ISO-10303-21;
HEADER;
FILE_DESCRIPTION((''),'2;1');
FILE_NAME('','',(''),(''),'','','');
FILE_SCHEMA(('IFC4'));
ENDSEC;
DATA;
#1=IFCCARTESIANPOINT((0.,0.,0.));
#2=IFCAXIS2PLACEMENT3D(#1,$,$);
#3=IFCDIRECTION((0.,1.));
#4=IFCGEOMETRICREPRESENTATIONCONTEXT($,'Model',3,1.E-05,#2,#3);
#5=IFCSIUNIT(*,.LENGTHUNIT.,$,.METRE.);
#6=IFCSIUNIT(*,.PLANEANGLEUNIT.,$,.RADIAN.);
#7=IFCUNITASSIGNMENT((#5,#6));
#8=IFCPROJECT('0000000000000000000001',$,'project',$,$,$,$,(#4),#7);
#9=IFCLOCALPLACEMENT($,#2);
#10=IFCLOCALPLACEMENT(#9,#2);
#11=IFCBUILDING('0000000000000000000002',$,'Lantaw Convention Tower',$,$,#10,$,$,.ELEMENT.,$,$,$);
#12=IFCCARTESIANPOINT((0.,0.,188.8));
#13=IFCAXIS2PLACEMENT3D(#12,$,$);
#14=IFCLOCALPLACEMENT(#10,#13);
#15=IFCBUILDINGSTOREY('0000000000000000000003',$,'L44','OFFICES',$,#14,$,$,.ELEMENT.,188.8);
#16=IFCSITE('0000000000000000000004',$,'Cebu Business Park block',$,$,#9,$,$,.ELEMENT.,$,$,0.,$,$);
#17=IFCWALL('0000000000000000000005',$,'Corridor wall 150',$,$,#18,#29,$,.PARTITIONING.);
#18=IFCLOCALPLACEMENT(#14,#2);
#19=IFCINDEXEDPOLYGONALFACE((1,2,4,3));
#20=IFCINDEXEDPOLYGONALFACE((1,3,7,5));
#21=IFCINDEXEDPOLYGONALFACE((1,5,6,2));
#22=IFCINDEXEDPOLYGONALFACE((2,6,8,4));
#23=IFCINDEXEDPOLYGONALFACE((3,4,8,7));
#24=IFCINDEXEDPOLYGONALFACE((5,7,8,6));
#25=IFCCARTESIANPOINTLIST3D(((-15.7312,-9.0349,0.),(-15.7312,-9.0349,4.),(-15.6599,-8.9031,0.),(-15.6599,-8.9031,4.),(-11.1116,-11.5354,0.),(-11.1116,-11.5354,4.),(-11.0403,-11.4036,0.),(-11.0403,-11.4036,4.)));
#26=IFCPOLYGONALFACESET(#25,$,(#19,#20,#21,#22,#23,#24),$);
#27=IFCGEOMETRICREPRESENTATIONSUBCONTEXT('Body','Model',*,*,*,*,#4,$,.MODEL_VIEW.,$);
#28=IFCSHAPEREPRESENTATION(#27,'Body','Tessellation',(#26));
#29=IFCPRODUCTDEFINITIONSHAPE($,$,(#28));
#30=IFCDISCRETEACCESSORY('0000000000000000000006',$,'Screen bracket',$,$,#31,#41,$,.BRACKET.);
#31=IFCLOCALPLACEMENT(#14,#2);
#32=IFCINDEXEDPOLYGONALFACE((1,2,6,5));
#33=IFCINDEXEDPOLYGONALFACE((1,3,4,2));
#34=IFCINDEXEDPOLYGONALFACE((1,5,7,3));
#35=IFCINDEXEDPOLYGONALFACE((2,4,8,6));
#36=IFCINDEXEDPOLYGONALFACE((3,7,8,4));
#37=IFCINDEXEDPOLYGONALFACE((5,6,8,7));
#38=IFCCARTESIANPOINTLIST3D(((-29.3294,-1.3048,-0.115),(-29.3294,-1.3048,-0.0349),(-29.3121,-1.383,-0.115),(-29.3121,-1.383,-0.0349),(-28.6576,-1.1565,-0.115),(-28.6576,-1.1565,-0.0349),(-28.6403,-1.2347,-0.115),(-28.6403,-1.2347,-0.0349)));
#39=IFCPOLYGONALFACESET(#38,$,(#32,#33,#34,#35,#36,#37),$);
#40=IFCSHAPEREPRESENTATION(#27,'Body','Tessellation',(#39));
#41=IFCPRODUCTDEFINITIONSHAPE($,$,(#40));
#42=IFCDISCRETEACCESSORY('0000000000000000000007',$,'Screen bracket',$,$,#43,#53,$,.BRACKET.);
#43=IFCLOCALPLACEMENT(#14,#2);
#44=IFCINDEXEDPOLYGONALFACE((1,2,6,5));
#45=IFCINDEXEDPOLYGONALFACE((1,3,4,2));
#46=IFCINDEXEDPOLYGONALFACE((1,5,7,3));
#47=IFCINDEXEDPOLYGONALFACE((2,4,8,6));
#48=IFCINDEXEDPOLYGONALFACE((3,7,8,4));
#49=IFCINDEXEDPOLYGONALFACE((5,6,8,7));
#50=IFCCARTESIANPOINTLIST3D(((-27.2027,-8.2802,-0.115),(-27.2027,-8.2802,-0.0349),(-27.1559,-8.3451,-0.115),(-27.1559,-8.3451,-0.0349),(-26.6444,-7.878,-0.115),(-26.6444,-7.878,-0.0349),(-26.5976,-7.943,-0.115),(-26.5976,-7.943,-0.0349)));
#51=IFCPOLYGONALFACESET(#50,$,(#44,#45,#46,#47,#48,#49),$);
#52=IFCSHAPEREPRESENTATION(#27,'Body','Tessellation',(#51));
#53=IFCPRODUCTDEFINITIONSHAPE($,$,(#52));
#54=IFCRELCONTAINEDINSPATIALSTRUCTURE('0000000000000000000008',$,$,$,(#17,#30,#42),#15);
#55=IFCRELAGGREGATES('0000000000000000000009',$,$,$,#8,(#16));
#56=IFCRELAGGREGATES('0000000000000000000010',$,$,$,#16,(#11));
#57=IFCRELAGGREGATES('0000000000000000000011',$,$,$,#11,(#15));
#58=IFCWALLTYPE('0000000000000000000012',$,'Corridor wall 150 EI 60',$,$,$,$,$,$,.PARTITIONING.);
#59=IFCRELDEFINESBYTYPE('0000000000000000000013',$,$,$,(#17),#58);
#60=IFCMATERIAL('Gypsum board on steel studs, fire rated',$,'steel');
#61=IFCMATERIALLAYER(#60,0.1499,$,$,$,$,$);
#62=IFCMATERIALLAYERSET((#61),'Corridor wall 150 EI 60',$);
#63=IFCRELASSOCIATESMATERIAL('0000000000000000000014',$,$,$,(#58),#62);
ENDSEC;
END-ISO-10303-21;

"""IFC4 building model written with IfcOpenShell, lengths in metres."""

from ifc_helpers import new_model, si_unit, direction, frame, frame_2d, origin, origin_2d, place, context, subcontext, project, spatial, rectangle, extrude, material, layer, layer_set, type_object, element, save


model = new_model("IFC4")

# Units and contexts
model_context = context("Model", 3, precision=1e-05, world=origin(), true_north=direction((0.0, 1.0)))
body_context = subcontext(model_context, "Body", "Model", "MODEL_VIEW")
ifc_project = project(units=[si_unit("LENGTHUNIT", "METRE"), si_unit("PLANEANGLEUNIT", "RADIAN")], contexts=[model_context])

# Site, building, storey
site_placement = place(None, origin())
site = spatial("IfcSite", under=ifc_project, at=site_placement, Name="Cebu Business Park block", CompositionType="ELEMENT", RefElevation=0.0)
building_placement = place(site_placement, origin())
building = spatial("IfcBuilding", under=site, at=building_placement, Name="Lantaw Convention Tower", CompositionType="ELEMENT")
storey_placement = place(building_placement, frame((0.0, 0.0, 188.8)))
storey = spatial("IfcBuildingStorey", under=building, at=storey_placement, Name="L44", Description="OFFICES", CompositionType="ELEMENT", Elevation=188.8)

# Wall
ifc_material_1 = material(Name="Gypsum board on steel studs, fire rated", Category="steel")
ifc_layer_1 = layer(ifc_material_1, 0.1499)
ifc_layer_set_1 = layer_set([ifc_layer_1], Name="Corridor wall 150 EI 60")
wall_type = type_object("IfcWallType", Name="Corridor wall 150 EI 60", PredefinedType="PARTITIONING", material=ifc_layer_set_1)
wall_1_placement = place(storey_placement, frame((-15.6956, -8.969, 0.0), z_axis=(0.0, 0.0, 1.0), x_axis=(0.879436, -0.476017, 0.0)))
element("IfcWall", 1, at=wall_1_placement, inside=storey, type_object=wall_type, Name="Corridor wall 150", PredefinedType="PARTITIONING", context=body_context, shape_type="SweptSolid", body=[
    extrude(rectangle(XDim=5.2529, YDim=0.1499, at=frame_2d((2.6265, 0.0))), origin(), (0.0, 0.0, 1.0), 4.0),
])

# Discrete accessories
for number, where, z_axis, x_axis, name in (
    (2, (-28.9849, -1.2698, -0.115), (0.0, 0.0, 1.0), (0.215546, -0.976494, 0.0), "Screen bracket"),
    (3, (-26.9001, -8.1116, -0.115), (0.0, 0.0, 1.0), (0.584513, -0.811385, 0.0), "Screen bracket"),
):
    element("IfcDiscreteAccessory", number, at=place(storey_placement, frame(where, z_axis=z_axis, x_axis=x_axis)), inside=storey, Name=name, PredefinedType="BRACKET", context=body_context, shape_type="SweptSolid", body=[
        extrude(rectangle(XDim=0.0801, YDim=0.688, at=origin_2d()), origin(), (0.0, 0.0, 1.0), 0.0801),
    ])

save(model, "model.ifc")
